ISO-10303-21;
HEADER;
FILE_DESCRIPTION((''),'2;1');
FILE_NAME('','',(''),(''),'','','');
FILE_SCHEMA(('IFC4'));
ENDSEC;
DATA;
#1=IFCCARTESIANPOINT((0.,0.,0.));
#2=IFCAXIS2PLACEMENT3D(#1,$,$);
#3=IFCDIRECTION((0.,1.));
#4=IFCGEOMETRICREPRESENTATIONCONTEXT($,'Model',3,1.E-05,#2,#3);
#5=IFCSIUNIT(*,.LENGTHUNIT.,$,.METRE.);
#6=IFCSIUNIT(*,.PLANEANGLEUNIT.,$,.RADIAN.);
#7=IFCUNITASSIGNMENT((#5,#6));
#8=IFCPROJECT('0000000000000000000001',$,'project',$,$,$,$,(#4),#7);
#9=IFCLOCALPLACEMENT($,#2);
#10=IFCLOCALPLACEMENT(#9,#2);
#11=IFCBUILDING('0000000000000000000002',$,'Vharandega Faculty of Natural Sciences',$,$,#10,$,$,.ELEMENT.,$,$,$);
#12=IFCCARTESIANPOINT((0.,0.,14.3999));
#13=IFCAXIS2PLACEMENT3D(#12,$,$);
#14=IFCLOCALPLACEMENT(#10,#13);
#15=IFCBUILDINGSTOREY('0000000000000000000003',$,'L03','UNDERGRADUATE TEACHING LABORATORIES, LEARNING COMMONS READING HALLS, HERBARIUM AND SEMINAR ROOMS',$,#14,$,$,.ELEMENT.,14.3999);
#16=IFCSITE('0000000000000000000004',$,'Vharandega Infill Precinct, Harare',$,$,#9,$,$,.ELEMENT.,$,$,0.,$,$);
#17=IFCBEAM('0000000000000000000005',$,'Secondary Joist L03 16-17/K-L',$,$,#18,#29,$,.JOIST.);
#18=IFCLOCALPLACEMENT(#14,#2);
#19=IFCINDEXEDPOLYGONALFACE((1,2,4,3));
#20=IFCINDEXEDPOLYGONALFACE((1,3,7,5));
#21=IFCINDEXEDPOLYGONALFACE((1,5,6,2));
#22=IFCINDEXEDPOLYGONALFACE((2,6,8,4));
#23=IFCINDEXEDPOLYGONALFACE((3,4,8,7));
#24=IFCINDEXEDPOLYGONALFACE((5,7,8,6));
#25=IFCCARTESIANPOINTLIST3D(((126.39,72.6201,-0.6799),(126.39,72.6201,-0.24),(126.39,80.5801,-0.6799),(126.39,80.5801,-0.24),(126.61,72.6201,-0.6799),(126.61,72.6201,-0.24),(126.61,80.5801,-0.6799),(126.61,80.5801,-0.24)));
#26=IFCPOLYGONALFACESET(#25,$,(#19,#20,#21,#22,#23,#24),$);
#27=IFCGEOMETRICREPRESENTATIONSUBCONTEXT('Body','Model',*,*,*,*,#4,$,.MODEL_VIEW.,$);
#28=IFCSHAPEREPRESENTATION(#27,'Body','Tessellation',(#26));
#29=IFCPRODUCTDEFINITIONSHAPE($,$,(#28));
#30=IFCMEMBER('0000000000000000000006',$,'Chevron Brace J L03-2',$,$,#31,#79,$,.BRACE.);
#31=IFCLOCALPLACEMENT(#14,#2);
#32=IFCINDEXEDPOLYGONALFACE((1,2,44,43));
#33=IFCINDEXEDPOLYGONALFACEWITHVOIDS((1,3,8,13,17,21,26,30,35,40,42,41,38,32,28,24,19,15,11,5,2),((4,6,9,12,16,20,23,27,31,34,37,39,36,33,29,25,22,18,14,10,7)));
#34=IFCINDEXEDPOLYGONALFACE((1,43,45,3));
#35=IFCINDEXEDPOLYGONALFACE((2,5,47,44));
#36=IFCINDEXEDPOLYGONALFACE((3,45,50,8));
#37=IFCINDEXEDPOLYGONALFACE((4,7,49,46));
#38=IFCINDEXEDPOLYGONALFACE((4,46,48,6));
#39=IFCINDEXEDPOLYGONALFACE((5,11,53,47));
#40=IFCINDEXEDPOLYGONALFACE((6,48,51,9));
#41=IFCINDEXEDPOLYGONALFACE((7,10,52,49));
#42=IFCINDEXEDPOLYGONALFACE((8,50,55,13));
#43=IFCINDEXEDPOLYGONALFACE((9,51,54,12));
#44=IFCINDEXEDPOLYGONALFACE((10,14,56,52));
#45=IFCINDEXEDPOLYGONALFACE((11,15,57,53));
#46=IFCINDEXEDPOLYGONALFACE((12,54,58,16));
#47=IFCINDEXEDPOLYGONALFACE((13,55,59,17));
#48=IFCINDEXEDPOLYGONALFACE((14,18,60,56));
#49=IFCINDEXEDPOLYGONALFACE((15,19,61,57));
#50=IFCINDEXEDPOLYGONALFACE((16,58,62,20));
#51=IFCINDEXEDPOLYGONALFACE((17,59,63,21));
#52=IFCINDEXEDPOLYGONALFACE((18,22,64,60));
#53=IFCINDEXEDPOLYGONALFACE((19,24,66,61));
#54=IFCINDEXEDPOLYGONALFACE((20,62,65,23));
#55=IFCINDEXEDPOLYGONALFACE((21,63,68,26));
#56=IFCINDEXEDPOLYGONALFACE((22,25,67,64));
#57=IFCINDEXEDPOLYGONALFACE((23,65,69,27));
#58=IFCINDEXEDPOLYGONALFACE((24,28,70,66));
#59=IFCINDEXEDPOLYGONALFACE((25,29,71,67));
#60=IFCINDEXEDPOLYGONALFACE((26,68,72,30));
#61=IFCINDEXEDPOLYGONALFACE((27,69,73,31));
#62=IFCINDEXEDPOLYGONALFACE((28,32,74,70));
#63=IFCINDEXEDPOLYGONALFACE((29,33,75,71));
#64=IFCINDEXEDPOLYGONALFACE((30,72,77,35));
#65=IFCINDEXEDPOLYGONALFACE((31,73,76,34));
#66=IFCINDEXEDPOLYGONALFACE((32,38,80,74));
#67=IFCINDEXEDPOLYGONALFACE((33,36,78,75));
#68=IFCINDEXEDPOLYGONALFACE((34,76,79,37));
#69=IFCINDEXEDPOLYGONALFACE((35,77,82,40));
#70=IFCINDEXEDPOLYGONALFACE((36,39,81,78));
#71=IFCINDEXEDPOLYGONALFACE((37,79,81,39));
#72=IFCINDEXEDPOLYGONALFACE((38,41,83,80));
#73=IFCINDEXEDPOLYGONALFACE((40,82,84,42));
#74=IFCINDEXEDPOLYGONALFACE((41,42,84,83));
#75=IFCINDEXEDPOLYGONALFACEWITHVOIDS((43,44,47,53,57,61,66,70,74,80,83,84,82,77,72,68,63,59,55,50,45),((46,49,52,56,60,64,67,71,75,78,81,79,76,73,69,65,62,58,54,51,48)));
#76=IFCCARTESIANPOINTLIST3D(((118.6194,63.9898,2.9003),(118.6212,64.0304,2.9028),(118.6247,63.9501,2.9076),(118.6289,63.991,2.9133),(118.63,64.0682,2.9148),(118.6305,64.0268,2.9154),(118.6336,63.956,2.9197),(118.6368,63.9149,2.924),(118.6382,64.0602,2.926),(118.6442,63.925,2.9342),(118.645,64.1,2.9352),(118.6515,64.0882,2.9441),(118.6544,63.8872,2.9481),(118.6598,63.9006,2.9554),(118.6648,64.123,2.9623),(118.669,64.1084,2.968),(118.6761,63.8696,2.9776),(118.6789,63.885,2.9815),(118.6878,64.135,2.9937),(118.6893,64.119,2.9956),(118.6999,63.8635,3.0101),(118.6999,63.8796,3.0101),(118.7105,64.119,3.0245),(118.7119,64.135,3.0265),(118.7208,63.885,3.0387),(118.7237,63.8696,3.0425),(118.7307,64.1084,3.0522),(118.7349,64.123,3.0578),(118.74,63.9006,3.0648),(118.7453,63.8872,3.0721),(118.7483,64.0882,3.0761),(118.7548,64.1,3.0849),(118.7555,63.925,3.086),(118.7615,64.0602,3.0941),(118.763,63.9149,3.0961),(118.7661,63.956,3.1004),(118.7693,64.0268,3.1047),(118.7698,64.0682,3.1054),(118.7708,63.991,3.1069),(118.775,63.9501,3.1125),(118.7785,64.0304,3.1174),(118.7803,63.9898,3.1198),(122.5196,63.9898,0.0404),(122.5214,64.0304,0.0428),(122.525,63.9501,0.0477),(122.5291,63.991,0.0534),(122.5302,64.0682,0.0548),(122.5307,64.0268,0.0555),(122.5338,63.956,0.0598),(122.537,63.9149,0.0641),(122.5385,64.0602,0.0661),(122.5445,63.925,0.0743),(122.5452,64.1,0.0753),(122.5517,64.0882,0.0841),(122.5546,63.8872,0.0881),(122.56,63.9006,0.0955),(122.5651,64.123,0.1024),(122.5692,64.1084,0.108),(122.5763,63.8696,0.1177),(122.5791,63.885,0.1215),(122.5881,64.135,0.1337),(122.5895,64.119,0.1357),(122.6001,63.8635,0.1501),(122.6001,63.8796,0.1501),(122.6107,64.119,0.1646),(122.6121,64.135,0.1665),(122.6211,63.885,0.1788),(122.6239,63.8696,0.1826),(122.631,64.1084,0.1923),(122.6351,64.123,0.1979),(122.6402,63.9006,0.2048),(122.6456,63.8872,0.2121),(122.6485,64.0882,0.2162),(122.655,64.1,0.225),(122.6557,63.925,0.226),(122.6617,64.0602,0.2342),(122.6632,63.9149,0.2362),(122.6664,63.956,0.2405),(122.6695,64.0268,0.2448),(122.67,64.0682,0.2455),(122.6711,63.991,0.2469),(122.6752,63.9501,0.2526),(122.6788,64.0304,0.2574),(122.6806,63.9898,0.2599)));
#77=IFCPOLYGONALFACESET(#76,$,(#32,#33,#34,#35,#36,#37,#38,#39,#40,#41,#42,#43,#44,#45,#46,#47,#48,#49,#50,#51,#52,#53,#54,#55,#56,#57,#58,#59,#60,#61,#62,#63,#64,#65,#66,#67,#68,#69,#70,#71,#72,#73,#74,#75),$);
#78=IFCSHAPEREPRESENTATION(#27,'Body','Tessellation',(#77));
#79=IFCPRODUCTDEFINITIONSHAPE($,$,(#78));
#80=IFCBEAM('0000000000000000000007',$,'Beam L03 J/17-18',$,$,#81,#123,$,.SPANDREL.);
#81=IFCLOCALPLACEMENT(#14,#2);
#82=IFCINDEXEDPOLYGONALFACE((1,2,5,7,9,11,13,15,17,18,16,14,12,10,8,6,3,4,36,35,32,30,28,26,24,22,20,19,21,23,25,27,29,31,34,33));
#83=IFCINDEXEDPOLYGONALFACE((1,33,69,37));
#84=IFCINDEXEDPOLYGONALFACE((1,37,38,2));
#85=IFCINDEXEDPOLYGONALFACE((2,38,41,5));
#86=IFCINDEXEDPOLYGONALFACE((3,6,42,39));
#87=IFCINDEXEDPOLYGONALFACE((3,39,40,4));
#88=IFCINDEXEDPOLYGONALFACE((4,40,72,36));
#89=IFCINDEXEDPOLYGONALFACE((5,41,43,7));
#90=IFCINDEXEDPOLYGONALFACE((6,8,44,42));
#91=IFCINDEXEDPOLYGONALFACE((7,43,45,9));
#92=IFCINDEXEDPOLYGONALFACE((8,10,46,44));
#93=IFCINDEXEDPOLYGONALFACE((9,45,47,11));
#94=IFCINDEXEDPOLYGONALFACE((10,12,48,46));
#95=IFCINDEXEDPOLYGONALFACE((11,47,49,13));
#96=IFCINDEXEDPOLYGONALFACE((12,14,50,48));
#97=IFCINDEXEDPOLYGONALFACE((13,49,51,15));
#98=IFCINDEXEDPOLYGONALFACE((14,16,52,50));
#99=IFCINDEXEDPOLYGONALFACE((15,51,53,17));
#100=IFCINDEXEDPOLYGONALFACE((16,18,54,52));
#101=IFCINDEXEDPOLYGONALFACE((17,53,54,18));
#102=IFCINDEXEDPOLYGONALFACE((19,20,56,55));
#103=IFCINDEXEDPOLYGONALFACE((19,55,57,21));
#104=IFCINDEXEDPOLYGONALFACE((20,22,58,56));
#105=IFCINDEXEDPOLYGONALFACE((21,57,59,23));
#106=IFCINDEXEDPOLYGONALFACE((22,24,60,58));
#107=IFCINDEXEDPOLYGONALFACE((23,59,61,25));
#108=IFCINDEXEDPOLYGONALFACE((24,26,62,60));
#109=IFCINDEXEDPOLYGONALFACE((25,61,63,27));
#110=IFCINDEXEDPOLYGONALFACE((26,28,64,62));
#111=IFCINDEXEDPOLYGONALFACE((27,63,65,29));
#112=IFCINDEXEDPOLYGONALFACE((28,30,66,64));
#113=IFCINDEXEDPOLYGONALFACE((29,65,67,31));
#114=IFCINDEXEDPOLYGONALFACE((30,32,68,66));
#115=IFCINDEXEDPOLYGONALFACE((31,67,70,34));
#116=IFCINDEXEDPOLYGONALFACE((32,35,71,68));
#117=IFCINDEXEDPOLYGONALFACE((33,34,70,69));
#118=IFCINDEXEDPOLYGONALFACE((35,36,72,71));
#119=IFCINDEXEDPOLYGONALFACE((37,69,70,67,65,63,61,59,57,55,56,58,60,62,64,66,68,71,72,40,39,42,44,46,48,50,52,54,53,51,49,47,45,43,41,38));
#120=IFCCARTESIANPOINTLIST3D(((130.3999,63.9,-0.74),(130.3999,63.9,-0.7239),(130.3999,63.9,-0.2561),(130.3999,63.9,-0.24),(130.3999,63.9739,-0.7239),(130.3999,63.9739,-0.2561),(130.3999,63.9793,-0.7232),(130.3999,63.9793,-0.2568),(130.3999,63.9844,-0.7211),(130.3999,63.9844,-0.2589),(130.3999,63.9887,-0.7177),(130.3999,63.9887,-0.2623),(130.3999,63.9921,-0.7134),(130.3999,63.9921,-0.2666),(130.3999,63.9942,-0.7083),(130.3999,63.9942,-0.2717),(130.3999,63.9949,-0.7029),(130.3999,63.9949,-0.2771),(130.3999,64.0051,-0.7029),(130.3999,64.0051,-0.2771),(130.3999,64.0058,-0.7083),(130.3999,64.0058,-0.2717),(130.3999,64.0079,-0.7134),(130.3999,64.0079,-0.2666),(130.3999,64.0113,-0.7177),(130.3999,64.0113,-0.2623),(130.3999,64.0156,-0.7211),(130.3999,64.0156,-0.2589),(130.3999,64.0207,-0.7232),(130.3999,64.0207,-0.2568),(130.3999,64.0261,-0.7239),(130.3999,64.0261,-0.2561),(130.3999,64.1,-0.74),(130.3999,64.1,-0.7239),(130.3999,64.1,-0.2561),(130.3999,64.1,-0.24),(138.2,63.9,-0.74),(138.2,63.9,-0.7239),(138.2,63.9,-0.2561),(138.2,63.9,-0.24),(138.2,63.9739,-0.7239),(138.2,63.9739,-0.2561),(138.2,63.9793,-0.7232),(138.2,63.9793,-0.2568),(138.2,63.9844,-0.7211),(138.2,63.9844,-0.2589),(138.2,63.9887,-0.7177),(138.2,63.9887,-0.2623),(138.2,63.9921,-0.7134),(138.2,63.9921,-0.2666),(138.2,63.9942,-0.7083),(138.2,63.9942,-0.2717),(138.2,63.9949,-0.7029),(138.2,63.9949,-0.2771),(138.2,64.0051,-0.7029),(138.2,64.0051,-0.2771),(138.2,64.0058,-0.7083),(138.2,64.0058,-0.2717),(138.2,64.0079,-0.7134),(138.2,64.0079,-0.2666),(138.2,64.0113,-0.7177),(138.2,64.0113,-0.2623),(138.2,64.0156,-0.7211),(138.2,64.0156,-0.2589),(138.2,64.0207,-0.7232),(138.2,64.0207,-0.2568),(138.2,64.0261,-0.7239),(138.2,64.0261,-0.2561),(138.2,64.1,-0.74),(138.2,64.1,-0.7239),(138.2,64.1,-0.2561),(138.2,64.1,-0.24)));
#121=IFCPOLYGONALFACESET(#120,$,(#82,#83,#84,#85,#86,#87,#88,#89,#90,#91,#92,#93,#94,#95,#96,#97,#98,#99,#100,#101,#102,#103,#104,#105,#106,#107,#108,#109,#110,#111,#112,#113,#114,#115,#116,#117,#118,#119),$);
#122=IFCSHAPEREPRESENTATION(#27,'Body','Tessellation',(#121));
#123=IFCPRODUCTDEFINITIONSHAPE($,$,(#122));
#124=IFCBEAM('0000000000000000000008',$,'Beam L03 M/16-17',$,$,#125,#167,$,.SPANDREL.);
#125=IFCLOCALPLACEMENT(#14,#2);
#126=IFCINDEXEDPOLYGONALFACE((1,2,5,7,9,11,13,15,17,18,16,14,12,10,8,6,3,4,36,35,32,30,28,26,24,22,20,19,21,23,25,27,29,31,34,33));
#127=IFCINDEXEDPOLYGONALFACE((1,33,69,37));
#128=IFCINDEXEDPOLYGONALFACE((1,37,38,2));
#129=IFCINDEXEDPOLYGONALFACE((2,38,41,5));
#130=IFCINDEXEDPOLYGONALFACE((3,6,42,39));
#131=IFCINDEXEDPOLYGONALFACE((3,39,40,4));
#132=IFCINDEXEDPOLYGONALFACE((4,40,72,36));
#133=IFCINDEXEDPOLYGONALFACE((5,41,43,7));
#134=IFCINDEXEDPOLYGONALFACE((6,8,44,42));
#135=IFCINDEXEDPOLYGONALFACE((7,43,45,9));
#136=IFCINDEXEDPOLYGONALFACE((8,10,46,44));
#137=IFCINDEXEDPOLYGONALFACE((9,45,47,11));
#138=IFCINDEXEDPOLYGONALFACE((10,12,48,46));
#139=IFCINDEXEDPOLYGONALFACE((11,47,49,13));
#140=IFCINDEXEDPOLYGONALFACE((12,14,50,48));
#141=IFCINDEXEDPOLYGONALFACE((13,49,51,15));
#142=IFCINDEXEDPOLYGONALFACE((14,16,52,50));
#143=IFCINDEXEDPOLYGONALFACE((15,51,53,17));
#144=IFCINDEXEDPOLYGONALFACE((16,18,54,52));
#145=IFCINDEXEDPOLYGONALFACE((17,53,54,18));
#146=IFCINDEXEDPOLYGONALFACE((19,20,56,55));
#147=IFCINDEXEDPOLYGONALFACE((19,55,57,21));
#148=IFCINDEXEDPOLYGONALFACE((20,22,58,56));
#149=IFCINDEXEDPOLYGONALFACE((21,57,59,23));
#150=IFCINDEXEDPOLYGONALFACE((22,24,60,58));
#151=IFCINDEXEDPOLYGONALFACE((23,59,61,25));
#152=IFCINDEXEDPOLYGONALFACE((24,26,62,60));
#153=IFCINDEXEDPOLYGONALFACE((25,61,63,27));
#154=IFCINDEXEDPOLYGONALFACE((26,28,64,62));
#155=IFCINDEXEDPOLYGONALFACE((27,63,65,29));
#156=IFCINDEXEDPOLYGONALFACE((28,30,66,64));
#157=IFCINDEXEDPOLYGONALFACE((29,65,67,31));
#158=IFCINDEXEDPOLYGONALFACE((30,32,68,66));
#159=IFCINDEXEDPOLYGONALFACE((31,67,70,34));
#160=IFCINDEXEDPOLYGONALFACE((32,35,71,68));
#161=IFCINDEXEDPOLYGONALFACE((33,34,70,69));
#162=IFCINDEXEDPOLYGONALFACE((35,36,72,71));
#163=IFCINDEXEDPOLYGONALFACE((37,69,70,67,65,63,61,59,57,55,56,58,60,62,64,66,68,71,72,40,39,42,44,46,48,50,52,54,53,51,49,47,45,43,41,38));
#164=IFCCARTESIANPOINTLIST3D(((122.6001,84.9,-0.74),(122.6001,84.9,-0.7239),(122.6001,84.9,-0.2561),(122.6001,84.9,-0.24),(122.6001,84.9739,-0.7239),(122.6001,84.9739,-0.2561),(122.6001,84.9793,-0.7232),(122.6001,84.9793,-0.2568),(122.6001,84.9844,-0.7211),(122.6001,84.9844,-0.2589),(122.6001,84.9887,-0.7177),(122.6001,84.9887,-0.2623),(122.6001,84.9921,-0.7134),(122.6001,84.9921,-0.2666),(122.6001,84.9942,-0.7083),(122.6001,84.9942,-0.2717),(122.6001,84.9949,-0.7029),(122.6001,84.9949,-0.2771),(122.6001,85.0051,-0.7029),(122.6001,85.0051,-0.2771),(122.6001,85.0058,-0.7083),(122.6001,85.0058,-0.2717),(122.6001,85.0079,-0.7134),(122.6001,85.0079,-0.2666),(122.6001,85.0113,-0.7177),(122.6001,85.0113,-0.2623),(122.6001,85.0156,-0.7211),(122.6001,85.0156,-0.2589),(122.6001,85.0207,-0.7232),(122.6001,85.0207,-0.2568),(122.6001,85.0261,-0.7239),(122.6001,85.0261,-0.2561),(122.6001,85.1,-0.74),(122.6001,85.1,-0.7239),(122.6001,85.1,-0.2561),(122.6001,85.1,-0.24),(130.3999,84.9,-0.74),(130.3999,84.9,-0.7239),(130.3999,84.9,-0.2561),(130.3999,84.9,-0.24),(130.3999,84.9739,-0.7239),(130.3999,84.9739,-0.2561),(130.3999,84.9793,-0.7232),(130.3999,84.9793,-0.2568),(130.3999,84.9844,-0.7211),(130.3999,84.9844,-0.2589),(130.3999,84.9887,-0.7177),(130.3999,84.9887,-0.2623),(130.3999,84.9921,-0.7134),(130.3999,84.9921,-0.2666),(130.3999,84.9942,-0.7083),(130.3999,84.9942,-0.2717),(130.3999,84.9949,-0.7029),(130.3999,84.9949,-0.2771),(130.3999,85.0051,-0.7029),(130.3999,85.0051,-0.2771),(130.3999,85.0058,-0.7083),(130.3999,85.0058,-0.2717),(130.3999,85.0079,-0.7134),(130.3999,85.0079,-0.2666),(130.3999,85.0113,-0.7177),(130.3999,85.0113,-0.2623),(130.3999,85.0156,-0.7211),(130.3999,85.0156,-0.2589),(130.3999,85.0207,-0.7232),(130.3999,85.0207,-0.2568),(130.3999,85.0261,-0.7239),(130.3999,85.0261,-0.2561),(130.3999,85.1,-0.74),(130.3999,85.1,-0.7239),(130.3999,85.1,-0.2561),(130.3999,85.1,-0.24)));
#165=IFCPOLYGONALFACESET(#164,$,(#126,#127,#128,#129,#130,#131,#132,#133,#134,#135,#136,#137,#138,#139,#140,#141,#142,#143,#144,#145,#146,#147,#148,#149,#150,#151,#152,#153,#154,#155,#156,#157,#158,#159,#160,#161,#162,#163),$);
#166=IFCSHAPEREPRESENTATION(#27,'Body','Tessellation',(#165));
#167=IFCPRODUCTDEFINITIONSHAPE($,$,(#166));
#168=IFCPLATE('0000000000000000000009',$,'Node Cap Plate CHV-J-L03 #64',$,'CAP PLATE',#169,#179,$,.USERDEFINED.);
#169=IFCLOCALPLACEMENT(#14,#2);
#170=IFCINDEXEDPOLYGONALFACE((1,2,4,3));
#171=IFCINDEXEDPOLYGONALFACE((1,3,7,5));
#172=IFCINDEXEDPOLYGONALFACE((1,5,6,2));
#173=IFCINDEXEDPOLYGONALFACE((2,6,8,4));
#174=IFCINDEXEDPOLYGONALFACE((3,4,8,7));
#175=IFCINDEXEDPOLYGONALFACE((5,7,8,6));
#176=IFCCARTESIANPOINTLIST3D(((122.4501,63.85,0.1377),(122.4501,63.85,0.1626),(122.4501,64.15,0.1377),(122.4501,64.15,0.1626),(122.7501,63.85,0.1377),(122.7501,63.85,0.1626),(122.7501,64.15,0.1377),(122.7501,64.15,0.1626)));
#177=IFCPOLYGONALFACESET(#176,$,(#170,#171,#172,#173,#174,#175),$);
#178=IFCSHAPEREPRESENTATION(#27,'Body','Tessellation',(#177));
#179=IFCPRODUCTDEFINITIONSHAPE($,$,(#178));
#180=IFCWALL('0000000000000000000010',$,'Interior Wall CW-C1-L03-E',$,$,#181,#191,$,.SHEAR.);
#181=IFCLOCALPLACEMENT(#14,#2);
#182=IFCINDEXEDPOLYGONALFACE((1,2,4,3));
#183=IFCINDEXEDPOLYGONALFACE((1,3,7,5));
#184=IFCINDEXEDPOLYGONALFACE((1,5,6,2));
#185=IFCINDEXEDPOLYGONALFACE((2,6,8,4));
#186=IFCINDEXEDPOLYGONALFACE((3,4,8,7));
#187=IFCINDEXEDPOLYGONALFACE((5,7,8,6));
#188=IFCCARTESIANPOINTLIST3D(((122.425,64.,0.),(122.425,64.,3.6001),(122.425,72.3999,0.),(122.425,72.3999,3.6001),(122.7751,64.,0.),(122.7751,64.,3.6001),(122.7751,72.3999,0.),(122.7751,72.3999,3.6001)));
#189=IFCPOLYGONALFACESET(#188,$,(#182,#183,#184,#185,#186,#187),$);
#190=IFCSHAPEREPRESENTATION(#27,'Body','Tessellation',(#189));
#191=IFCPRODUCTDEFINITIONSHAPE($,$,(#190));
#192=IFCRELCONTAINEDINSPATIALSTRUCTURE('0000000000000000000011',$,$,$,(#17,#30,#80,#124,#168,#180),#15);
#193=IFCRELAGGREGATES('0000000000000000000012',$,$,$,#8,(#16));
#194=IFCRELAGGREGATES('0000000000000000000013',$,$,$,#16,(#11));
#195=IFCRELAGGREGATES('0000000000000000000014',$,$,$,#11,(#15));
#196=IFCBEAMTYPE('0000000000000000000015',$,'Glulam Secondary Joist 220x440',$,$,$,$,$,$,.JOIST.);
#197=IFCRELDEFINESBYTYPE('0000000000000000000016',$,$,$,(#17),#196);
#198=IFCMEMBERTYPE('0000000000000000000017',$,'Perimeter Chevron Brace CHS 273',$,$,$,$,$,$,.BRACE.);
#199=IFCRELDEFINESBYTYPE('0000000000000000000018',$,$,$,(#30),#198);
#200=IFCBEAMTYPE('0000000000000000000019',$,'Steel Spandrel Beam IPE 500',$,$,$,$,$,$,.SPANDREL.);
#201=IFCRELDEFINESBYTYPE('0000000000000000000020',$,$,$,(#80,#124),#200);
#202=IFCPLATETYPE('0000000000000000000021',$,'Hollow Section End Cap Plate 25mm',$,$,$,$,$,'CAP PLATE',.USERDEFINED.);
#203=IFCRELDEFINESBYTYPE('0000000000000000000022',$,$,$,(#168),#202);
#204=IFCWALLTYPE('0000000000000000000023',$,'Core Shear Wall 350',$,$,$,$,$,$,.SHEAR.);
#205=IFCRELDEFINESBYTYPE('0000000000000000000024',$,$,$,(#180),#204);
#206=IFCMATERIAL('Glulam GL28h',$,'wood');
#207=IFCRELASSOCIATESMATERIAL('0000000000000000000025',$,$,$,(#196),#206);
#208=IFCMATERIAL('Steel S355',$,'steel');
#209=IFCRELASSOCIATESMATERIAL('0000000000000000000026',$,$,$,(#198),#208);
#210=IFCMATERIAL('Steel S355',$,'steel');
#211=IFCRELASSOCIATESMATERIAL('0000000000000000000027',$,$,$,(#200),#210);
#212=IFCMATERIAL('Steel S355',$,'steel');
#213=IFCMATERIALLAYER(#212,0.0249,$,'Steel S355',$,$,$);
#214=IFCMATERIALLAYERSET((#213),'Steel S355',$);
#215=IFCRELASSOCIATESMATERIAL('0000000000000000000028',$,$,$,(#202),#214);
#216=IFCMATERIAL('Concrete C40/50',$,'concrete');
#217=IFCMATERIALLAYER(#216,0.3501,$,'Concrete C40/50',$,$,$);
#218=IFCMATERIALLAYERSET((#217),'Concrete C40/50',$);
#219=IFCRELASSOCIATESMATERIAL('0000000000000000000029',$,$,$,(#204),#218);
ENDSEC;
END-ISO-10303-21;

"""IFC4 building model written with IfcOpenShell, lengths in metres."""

from ifc_helpers import new_model, si_unit, direction, frame, frame_2d, origin, origin_2d, place, context, subcontext, project, spatial, rectangle, hollow_circle, i_section, extrude, material, layer, layer_set, material_profile, profile_set, type_object, element, save


model = new_model("IFC4")

# Units and contexts
model_context = context("Model", 3, precision=1e-05, world=origin(), true_north=direction((0.0, 1.0)))
body_context = subcontext(model_context, "Body", "Model", "MODEL_VIEW")
ifc_project = project(units=[si_unit("LENGTHUNIT", "METRE"), si_unit("PLANEANGLEUNIT", "RADIAN")], contexts=[model_context])

# Site, building, storey
site_placement = place(None, origin())
site = spatial("IfcSite", under=ifc_project, at=site_placement, Name="Vharandega Infill Precinct, Harare", CompositionType="ELEMENT", RefElevation=0.0)
building_placement = place(site_placement, origin())
building = spatial("IfcBuilding", under=site, at=building_placement, Name="Vharandega Faculty of Natural Sciences", CompositionType="ELEMENT")
storey_placement = place(building_placement, frame((0.0, 0.0, 14.3999)))
storey = spatial("IfcBuildingStorey", under=building, at=storey_placement, Name="L03", Description="UNDERGRADUATE TEACHING LABORATORIES, LEARNING COMMONS READING HALLS, HERBARIUM AND SEMINAR ROOMS", CompositionType="ELEMENT", Elevation=14.3999)

# Beam
ifc_material_1 = material(Name="Glulam GL28h", Category="wood")
ifc_material_profile_1 = material_profile(ifc_material_1, rectangle(XDim=0.22, YDim=0.4399, at=origin_2d()), Name="GL28h 220x440")
ifc_profile_set_1 = profile_set([ifc_material_profile_1], Name="Glulam GL28h")
beam_type_1 = type_object("IfcBeamType", Name="Glulam Secondary Joist 220x440", PredefinedType="JOIST", material=ifc_profile_set_1)
beam_1_placement = place(storey_placement, frame((126.5, 72.6201, -0.46), z_axis=(0.0, 1.0, 0.0), x_axis=(-1.0, 0.0, 0.0)))
element("IfcBeam", 1, at=beam_1_placement, inside=storey, type_object=beam_type_1, Name="Secondary Joist L03 16-17/K-L", PredefinedType="JOIST", context=body_context, shape_type="SweptSolid", body=[
    extrude(rectangle(XDim=0.22, YDim=0.4399, at=origin_2d()), origin(), (0.0, 0.0, 1.0), 7.96),
])

# Member
ifc_material_2 = material(Name="Steel S355", Category="steel")
ifc_material_profile_2 = material_profile(ifc_material_2, hollow_circle(Radius=0.1365, WallThickness=0.0161, at=origin_2d()), Name="CHS 273x16")
ifc_profile_set_2 = profile_set([ifc_material_profile_2], Name="Steel S355")
member_type = type_object("IfcMemberType", Name="Perimeter Chevron Brace CHS 273", PredefinedType="BRACE", material=ifc_profile_set_2)
member_placement = place(storey_placement, frame((122.6001, 64.0, 0.1501), z_axis=(-0.806429, 0.0, 0.591331), x_axis=(0.0, -1.0, 0.0)))
element("IfcMember", 2, at=member_placement, inside=storey, type_object=member_type, Name="Chevron Brace J L03-2", PredefinedType="BRACE", context=body_context, shape_type="SweptSolid", body=[
    extrude(hollow_circle(Radius=0.1365, WallThickness=0.0161, at=origin_2d()), origin(), (0.0, 0.0, 1.0), 4.8364),
])

# Beams
ifc_material_3 = material(Name="Steel S355", Category="steel")
ifc_material_profile_3 = material_profile(ifc_material_3, i_section(OverallWidth=0.2, OverallDepth=0.5, WebThickness=0.0103, FlangeThickness=0.0161, FilletRadius=0.021, at=origin_2d()), Name="IPE 500")
ifc_profile_set_3 = profile_set([ifc_material_profile_3], Name="Steel S355")
beam_type_2 = type_object("IfcBeamType", Name="Steel Spandrel Beam IPE 500", PredefinedType="SPANDREL", material=ifc_profile_set_3)
beam_2_placement = place(storey_placement, frame((130.3999, 64.0, -0.49), z_axis=(1.0, 0.0, 0.0), x_axis=(0.0, 1.0, 0.0)))
element("IfcBeam", 3, at=beam_2_placement, inside=storey, type_object=beam_type_2, Name="Beam L03 J/17-18", PredefinedType="SPANDREL", context=body_context, shape_type="SweptSolid", body=[
    extrude(i_section(OverallWidth=0.2, OverallDepth=0.5, WebThickness=0.0103, FlangeThickness=0.0161, FilletRadius=0.021, at=origin_2d()), origin(), (0.0, 0.0, 1.0), 7.8),
])
beam_3_placement = place(storey_placement, frame((122.6001, 85.0, -0.49), z_axis=(1.0, 0.0, 0.0), x_axis=(0.0, 1.0, 0.0)))
element("IfcBeam", 4, at=beam_3_placement, inside=storey, type_object=beam_type_2, Name="Beam L03 M/16-17", PredefinedType="SPANDREL", context=body_context, shape_type="SweptSolid", body=[
    extrude(i_section(OverallWidth=0.2, OverallDepth=0.5, WebThickness=0.0103, FlangeThickness=0.0161, FilletRadius=0.021, at=origin_2d()), origin(), (0.0, 0.0, 1.0), 7.7998),
])

# Plate
ifc_material_4 = material(Name="Steel S355", Category="steel")
ifc_layer_1 = layer(ifc_material_4, 0.0249, Name="Steel S355")
ifc_layer_set_1 = layer_set([ifc_layer_1], Name="Steel S355")
plate_type = type_object("IfcPlateType", Name="Hollow Section End Cap Plate 25mm", ElementType="CAP PLATE", PredefinedType="USERDEFINED", material=ifc_layer_set_1)
plate_placement = place(storey_placement, frame((122.6001, 64.0, 0.1377), z_axis=(0.0, 0.0, 1.0), x_axis=(1.0, 0.0, 0.0)))
element("IfcPlate", 5, at=plate_placement, inside=storey, type_object=plate_type, Name="Node Cap Plate CHV-J-L03 #64", ObjectType="CAP PLATE", PredefinedType="USERDEFINED", context=body_context, shape_type="SweptSolid", body=[
    extrude(rectangle(XDim=0.3, YDim=0.3, at=origin_2d()), origin(), (0.0, 0.0, 1.0), 0.0249),
])

# Wall
ifc_material_5 = material(Name="Concrete C40/50", Category="concrete")
ifc_layer_2 = layer(ifc_material_5, 0.3501, Name="Concrete C40/50")
ifc_layer_set_2 = layer_set([ifc_layer_2], Name="Concrete C40/50")
wall_type_1 = type_object("IfcWallType", Name="Core Shear Wall 350", PredefinedType="SHEAR", material=ifc_layer_set_2)
wall_1_placement = place(storey_placement, frame((122.6001, 64.0, 0.0), z_axis=(0.0, 0.0, 1.0), x_axis=(0.0, 1.0, 0.0)))
element("IfcWall", 6, at=wall_1_placement, inside=storey, type_object=wall_type_1, Name="Interior Wall CW-C1-L03-E", PredefinedType="SHEAR", context=body_context, shape_type="SweptSolid", body=[
    extrude(rectangle(XDim=8.3999, YDim=0.3501, at=frame_2d((4.2, 0.0))), origin(), (0.0, 0.0, 1.0), 3.6001),
])

save(model, "model.ifc")
